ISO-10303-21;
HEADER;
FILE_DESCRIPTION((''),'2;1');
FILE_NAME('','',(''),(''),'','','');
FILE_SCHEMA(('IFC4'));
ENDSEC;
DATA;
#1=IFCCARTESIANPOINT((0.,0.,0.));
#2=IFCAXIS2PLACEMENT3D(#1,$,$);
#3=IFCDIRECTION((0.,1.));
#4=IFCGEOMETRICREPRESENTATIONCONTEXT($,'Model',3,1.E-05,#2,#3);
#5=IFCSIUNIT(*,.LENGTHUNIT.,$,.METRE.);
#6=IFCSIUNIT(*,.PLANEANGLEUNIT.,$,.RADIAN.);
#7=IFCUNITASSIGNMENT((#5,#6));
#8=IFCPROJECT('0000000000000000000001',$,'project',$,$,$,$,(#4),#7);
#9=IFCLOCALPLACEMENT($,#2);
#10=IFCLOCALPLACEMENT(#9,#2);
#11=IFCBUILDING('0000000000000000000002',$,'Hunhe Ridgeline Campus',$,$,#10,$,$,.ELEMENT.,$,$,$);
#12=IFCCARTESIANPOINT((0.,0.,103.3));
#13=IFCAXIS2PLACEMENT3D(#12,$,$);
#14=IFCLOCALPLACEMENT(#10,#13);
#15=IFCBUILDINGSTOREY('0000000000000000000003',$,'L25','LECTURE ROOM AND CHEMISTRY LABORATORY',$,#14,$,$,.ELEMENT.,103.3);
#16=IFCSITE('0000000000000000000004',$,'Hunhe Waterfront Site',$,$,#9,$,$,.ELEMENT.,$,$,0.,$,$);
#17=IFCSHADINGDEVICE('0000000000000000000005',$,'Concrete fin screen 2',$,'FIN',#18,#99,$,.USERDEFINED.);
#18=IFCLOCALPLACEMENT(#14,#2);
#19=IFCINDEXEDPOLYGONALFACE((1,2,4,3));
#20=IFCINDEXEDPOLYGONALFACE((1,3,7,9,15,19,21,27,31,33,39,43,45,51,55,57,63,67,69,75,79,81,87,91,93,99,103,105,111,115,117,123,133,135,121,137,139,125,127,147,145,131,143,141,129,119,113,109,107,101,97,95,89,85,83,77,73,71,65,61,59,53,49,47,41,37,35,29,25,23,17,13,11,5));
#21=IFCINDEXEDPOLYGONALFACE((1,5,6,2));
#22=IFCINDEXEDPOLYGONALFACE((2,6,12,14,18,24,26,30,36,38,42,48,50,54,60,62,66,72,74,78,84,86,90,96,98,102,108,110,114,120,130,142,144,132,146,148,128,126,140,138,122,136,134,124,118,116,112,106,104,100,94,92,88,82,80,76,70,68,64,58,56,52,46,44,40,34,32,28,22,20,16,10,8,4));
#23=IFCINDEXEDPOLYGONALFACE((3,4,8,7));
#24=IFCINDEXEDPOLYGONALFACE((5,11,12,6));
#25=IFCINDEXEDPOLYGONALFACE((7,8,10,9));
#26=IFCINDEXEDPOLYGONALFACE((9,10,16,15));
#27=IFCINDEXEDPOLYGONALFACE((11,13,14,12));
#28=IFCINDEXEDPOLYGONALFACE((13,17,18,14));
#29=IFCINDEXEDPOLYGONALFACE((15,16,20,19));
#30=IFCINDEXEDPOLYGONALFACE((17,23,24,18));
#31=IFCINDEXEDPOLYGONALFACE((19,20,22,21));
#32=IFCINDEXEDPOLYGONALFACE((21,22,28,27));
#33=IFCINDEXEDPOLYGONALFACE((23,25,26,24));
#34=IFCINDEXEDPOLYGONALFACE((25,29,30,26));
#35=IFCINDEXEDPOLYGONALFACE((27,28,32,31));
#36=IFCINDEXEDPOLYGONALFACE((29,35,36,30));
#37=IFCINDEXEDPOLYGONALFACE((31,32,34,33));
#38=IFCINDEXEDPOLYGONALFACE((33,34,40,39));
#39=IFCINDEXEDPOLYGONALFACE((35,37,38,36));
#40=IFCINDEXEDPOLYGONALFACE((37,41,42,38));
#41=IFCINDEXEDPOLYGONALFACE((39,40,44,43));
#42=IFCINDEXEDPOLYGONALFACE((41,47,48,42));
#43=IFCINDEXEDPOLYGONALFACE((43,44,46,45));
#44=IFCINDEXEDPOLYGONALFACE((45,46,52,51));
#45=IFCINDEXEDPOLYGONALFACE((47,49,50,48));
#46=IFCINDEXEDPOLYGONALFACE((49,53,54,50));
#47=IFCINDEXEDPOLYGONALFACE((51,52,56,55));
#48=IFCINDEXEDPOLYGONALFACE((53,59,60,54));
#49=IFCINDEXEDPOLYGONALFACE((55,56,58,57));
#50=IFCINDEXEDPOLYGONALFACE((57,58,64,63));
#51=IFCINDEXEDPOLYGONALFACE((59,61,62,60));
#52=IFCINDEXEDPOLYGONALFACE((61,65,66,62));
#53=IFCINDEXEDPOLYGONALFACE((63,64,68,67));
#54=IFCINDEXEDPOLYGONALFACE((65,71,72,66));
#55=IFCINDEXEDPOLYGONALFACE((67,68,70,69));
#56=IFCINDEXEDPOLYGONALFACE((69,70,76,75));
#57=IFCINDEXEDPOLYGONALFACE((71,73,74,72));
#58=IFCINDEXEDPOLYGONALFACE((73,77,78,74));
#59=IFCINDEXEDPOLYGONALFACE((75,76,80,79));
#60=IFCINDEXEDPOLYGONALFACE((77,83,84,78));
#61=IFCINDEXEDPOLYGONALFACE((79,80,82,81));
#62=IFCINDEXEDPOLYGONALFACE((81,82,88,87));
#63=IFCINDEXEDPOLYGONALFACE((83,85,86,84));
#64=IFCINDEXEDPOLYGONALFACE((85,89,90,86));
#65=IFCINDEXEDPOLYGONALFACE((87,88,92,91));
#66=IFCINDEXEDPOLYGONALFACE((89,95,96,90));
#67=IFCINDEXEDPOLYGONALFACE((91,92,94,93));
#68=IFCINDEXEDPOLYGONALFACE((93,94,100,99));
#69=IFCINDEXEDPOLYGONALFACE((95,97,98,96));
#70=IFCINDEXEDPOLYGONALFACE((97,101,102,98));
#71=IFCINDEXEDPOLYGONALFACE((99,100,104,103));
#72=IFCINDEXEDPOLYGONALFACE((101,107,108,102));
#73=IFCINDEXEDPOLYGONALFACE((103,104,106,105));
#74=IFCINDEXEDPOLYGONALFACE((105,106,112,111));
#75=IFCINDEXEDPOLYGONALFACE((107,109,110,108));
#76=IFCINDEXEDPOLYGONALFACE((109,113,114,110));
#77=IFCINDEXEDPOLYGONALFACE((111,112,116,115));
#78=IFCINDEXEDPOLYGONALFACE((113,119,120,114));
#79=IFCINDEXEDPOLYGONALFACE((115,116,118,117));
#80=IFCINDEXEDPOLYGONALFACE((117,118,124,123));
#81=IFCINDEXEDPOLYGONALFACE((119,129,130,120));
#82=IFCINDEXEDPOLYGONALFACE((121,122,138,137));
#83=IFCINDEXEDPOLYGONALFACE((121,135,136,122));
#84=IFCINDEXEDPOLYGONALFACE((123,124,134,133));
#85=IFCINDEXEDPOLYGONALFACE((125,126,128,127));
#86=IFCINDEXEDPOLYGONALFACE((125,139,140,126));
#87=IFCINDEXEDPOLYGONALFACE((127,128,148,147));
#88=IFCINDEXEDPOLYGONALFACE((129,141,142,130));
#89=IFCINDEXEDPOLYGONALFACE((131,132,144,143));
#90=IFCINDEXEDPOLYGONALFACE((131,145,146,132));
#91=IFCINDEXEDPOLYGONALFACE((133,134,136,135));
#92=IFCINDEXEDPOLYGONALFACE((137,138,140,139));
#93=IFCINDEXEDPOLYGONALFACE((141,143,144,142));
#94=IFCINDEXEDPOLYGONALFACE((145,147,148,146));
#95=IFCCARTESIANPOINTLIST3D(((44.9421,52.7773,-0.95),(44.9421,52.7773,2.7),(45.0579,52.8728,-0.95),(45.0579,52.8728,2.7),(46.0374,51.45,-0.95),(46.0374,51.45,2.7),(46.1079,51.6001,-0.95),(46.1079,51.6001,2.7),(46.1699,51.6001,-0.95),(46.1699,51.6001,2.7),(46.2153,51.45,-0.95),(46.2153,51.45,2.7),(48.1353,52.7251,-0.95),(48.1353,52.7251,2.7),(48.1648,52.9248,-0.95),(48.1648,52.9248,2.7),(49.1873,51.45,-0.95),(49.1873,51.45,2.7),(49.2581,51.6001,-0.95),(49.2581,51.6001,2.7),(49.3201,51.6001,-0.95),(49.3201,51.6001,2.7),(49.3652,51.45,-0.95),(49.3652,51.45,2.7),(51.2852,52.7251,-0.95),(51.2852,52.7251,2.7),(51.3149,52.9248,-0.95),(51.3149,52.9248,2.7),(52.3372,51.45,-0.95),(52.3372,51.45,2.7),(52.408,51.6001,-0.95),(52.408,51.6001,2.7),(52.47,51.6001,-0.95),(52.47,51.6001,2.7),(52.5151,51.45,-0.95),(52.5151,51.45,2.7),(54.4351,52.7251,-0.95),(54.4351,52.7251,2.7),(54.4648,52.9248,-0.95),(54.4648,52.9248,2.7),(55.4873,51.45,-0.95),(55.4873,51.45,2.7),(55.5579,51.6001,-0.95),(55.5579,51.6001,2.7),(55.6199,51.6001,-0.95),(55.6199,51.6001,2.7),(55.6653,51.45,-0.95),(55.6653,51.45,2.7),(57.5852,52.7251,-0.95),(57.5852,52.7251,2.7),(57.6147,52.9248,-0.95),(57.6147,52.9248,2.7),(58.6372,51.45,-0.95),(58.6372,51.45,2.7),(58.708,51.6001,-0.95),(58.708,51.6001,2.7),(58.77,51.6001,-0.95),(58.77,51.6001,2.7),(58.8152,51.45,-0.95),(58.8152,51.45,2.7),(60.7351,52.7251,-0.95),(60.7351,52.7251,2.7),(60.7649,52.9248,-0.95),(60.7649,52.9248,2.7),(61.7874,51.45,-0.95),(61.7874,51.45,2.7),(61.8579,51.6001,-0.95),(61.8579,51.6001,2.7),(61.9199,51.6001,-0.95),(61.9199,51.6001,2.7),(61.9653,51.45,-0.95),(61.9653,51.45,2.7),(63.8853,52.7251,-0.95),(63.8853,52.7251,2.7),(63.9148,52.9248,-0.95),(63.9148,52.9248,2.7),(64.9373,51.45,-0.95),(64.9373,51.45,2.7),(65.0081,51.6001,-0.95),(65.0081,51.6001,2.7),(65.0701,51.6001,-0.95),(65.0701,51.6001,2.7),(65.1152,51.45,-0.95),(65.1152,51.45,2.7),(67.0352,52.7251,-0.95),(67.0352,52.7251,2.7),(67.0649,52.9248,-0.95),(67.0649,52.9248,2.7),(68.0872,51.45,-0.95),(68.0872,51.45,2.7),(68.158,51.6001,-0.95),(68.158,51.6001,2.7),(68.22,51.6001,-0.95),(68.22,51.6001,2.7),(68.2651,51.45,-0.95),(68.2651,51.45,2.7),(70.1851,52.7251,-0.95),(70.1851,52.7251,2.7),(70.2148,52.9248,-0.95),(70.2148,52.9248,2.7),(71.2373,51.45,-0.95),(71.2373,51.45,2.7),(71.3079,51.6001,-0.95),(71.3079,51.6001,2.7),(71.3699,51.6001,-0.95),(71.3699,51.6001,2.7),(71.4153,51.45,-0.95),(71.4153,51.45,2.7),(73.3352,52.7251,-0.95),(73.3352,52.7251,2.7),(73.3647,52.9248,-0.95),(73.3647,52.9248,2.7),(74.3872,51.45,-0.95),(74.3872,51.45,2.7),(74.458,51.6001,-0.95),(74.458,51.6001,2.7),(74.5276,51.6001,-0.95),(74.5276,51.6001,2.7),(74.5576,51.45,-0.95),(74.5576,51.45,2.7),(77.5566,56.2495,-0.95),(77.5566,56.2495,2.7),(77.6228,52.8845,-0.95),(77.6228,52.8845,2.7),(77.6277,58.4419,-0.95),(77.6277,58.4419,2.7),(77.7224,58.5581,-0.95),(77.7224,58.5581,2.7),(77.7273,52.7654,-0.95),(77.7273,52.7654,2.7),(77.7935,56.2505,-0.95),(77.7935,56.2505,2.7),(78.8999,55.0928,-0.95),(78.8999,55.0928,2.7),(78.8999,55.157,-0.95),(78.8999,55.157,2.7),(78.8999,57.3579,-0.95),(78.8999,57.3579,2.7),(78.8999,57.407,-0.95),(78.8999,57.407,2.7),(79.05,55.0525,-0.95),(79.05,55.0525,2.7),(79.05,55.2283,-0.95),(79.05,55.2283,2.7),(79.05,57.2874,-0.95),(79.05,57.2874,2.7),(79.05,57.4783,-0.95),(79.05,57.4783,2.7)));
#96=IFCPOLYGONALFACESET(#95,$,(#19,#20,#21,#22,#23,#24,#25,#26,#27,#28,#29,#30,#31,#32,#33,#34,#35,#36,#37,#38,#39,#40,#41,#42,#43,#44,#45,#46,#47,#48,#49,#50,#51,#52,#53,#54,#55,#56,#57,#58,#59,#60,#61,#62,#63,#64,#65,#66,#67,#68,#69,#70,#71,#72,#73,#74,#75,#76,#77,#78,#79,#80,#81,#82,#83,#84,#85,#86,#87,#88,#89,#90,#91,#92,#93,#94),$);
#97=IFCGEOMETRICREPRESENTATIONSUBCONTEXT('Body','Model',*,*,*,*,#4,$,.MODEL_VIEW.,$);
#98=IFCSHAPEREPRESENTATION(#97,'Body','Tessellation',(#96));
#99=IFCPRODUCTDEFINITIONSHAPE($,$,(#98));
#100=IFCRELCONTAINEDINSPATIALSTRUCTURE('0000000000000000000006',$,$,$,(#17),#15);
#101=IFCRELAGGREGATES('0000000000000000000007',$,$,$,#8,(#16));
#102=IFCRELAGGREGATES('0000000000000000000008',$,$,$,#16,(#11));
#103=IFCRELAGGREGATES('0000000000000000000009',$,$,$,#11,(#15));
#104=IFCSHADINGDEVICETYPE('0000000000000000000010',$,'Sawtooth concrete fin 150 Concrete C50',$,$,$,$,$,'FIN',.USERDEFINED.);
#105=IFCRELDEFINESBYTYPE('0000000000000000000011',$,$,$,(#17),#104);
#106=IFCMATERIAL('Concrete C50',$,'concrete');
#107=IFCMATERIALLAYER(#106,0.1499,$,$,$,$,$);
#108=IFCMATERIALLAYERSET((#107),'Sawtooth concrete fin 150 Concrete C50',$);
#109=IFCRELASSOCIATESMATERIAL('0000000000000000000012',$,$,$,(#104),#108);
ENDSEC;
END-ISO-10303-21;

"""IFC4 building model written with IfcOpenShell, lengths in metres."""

from ifc_helpers import new_model, si_unit, direction, frame, origin, place, context, subcontext, project, spatial, polyline, outline, extrude, material, layer, layer_set, type_object, element, save


model = new_model("IFC4")

# Units and contexts
model_context = context("Model", 3, precision=1e-05, world=origin(), true_north=direction((0.0, 1.0)))
body_context = subcontext(model_context, "Body", "Model", "MODEL_VIEW")
ifc_project = project(units=[si_unit("LENGTHUNIT", "METRE"), si_unit("PLANEANGLEUNIT", "RADIAN")], contexts=[model_context])

# Site, building, storey
site_placement = place(None, origin())
site = spatial("IfcSite", under=ifc_project, at=site_placement, Name="Hunhe Waterfront Site", CompositionType="ELEMENT", RefElevation=0.0)
building_placement = place(site_placement, origin())
building = spatial("IfcBuilding", under=site, at=building_placement, Name="Hunhe Ridgeline Campus", CompositionType="ELEMENT")
storey_placement = place(building_placement, frame((0.0, 0.0, 103.3)))
storey = spatial("IfcBuildingStorey", under=building, at=storey_placement, Name="L25", Description="LECTURE ROOM AND CHEMISTRY LABORATORY", CompositionType="ELEMENT", Elevation=103.3)

# Shading device
ifc_material_1 = material(Name="Concrete C50", Category="concrete")
ifc_layer_1 = layer(ifc_material_1, 0.1499)
ifc_layer_set_1 = layer_set([ifc_layer_1], Name="Sawtooth concrete fin 150 Concrete C50")
shading_device_type = type_object("IfcShadingDeviceType", Name="Sawtooth concrete fin 150 Concrete C50", ElementType="FIN", PredefinedType="USERDEFINED", material=ifc_layer_set_1)
shading_device_1_placement = place(storey_placement, frame((0.0, 0.0, -0.95)))
element("IfcShadingDevice", 1, at=shading_device_1_placement, inside=storey, type_object=shading_device_type, Name="Concrete fin screen 2", ObjectType="FIN", PredefinedType="USERDEFINED", context=body_context, shape_type="SweptSolid", body=[
    extrude(outline(polyline([(45.0579, 52.8728), (44.9421, 52.7773), (46.0374, 51.45), (46.2153, 51.45), (48.1353, 52.7251), (49.1873, 51.45), (49.3652, 51.45), (51.2852, 52.7251), (52.3372, 51.45), (52.5151, 51.45), (54.4351, 52.7251), (55.4873, 51.45), (55.6653, 51.45), (57.5852, 52.7251), (58.6372, 51.45), (58.8152, 51.45), (60.7351, 52.7251), (61.7874, 51.45), (61.9653, 51.45), (63.8853, 52.7251), (64.9373, 51.45), (65.1152, 51.45), (67.0352, 52.7251), (68.0872, 51.45), (68.2651, 51.45), (70.1851, 52.7251), (71.2373, 51.45), (71.4153, 51.45), (73.3352, 52.7251), (74.3872, 51.45), (74.5576, 51.45), (77.7273, 52.7654), (79.05, 55.0525), (79.05, 55.2283), (77.7935, 56.2505), (79.05, 57.2874), (79.05, 57.4783), (77.7224, 58.5581), (77.6277, 58.4419), (78.8999, 57.407), (78.8999, 57.3579), (77.5566, 56.2495), (78.8999, 55.157), (78.8999, 55.0928), (77.6228, 52.8845), (74.5276, 51.6001), (74.458, 51.6001), (73.3647, 52.9248), (71.3699, 51.6001), (71.3079, 51.6001), (70.2148, 52.9248), (68.22, 51.6001), (68.158, 51.6001), (67.0649, 52.9248), (65.0701, 51.6001), (65.0081, 51.6001), (63.9148, 52.9248), (61.9199, 51.6001), (61.8579, 51.6001), (60.7649, 52.9248), (58.77, 51.6001), (58.708, 51.6001), (57.6147, 52.9248), (55.6199, 51.6001), (55.5579, 51.6001), (54.4648, 52.9248), (52.47, 51.6001), (52.408, 51.6001), (51.3149, 52.9248), (49.3201, 51.6001), (49.2581, 51.6001), (48.1648, 52.9248), (46.1699, 51.6001), (46.1079, 51.6001), (45.0579, 52.8728)])), origin(), (0.0, 0.0, 1.0), 3.6499),
])

save(model, "model.ifc")
